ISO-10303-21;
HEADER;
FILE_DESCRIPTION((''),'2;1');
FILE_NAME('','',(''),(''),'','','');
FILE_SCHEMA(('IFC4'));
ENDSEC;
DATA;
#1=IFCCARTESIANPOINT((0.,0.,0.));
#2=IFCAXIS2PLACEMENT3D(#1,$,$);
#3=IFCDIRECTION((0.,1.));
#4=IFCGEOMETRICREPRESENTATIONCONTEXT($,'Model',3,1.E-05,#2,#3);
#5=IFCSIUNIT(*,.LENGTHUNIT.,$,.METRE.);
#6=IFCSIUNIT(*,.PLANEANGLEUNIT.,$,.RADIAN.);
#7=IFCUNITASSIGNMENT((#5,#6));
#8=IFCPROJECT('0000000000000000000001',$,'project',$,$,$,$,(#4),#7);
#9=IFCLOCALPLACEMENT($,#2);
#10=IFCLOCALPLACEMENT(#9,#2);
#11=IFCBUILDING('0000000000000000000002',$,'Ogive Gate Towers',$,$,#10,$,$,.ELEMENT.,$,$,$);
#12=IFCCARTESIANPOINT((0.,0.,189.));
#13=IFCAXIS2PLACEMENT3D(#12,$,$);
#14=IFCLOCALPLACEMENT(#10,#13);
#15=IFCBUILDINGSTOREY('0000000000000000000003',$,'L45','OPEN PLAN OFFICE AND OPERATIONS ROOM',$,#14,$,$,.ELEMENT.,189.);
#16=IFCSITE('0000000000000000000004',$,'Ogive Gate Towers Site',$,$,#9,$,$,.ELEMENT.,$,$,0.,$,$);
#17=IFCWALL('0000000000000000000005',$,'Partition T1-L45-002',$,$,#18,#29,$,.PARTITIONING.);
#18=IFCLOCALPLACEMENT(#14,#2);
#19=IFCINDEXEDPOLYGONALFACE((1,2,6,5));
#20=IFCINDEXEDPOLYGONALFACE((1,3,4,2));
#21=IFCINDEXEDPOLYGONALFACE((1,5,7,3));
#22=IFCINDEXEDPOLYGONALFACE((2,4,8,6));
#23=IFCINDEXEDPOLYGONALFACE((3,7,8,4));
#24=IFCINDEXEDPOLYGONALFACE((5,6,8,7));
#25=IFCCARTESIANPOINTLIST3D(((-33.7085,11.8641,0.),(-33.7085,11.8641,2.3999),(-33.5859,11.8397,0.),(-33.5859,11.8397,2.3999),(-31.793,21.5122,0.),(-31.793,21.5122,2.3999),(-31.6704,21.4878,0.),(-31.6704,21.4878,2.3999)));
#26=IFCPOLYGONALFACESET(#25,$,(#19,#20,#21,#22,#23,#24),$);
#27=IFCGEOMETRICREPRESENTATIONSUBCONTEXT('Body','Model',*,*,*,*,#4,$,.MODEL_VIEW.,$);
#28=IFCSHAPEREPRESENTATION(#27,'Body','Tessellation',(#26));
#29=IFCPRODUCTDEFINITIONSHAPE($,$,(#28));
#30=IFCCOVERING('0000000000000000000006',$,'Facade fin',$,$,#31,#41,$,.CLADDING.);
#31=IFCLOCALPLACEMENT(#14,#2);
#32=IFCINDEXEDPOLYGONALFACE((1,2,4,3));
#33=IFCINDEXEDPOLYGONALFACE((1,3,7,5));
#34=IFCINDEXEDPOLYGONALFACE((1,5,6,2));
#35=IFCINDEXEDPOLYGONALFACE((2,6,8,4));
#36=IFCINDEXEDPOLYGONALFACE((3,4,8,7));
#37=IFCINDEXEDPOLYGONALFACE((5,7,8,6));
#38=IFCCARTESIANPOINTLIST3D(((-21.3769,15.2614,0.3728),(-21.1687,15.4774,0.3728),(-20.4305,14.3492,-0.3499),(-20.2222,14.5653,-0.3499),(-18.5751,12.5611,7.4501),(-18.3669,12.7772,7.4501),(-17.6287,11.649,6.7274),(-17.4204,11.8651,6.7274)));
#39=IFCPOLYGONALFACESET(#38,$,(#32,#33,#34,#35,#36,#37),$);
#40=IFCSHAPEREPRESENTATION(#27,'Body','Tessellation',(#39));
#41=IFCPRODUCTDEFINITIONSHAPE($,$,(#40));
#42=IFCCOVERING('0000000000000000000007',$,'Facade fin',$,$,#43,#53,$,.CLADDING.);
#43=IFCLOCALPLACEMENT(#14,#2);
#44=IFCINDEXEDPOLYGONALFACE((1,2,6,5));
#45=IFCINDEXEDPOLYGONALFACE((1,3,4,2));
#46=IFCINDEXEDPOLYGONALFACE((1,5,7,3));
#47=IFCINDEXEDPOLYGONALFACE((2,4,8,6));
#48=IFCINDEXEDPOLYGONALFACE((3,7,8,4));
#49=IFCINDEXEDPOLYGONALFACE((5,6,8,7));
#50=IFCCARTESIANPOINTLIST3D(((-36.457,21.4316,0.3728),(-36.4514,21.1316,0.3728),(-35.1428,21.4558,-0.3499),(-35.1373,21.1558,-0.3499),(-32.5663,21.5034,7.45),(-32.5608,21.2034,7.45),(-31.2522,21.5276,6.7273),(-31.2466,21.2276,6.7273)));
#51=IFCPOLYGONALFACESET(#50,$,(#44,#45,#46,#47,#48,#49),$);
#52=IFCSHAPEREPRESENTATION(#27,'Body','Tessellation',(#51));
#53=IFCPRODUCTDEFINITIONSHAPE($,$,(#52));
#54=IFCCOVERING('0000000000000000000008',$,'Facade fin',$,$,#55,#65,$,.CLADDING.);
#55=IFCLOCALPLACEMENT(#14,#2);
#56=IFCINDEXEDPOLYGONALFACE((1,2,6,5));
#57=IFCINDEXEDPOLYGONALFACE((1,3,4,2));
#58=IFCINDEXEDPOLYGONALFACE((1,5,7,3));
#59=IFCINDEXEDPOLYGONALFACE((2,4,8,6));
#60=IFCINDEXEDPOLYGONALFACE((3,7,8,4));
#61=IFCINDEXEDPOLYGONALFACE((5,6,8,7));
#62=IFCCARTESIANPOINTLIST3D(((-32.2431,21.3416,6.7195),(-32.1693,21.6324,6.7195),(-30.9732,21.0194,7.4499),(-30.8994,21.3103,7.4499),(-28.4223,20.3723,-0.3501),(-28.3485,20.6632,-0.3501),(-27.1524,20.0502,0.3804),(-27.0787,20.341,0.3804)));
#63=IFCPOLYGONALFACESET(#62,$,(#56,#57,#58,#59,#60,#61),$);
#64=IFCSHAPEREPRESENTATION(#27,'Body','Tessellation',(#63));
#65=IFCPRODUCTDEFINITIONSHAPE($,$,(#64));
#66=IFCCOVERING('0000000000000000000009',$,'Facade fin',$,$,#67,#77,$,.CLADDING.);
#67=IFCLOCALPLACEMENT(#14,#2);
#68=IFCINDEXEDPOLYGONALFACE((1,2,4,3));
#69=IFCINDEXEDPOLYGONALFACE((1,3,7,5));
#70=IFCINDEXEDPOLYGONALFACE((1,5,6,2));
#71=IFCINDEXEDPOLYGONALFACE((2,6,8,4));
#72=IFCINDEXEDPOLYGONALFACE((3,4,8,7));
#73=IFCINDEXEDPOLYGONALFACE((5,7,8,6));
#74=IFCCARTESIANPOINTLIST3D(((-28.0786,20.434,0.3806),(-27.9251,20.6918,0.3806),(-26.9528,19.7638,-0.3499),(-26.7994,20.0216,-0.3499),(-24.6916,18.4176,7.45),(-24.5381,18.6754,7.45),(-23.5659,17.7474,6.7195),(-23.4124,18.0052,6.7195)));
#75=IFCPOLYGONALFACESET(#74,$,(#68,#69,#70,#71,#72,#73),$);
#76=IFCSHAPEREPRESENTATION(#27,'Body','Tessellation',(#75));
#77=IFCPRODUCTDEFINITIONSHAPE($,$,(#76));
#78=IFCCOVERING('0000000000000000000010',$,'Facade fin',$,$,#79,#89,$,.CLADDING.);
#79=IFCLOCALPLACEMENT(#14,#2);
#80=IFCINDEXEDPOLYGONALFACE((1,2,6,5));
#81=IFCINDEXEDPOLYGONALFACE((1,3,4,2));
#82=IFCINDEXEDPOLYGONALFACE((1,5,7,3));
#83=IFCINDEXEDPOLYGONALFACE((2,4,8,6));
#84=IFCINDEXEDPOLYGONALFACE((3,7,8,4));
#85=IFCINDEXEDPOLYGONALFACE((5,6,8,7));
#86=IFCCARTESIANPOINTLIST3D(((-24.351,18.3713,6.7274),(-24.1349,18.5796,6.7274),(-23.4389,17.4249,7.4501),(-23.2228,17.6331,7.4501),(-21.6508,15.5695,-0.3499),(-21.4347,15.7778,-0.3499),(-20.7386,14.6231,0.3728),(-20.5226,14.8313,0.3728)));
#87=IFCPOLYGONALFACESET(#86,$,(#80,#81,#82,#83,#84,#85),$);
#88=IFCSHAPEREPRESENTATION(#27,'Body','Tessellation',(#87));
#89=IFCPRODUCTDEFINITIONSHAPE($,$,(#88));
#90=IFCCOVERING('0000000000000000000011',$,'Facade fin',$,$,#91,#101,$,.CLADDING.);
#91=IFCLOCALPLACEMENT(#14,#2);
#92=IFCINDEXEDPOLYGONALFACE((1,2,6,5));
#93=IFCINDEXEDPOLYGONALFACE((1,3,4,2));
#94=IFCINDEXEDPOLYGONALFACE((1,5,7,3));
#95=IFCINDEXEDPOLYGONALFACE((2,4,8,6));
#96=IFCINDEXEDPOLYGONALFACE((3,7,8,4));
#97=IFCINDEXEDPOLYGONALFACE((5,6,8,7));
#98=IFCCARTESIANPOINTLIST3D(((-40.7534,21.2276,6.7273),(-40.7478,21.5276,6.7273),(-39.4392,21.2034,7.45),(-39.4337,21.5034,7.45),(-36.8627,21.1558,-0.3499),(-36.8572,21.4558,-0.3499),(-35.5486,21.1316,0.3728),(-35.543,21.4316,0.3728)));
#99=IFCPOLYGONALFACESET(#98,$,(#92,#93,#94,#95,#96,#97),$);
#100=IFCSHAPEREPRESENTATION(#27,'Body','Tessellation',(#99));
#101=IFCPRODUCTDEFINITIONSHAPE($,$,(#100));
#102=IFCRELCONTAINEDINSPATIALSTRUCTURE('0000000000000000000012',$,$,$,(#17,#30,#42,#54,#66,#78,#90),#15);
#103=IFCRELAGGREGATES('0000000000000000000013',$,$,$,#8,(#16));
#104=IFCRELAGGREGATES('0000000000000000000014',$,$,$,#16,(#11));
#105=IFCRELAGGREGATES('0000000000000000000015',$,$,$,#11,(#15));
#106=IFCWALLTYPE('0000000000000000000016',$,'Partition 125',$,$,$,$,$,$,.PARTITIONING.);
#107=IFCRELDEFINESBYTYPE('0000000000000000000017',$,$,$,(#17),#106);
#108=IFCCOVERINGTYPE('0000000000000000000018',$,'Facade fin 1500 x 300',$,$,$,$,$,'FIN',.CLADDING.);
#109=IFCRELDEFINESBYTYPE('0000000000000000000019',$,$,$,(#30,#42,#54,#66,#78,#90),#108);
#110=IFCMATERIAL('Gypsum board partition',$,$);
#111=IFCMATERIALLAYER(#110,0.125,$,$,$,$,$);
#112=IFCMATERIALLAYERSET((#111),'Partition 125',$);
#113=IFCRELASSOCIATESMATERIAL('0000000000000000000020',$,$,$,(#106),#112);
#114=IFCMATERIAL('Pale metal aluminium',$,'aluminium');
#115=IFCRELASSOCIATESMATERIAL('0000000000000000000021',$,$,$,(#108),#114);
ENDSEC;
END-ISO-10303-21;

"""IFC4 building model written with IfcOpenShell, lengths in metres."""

from ifc_helpers import new_model, si_unit, direction, frame, frame_2d, origin, origin_2d, place, context, subcontext, project, spatial, rectangle, extrude, material, layer, layer_set, material_profile, profile_set, type_object, element, save


model = new_model("IFC4")

# Units and contexts
model_context = context("Model", 3, precision=1e-05, world=origin(), true_north=direction((0.0, 1.0)))
body_context = subcontext(model_context, "Body", "Model", "MODEL_VIEW")
ifc_project = project(units=[si_unit("LENGTHUNIT", "METRE"), si_unit("PLANEANGLEUNIT", "RADIAN")], contexts=[model_context])

# Site, building, storey
site_placement = place(None, origin())
site = spatial("IfcSite", under=ifc_project, at=site_placement, Name="Ogive Gate Towers Site", CompositionType="ELEMENT", RefElevation=0.0)
building_placement = place(site_placement, origin())
building = spatial("IfcBuilding", under=site, at=building_placement, Name="Ogive Gate Towers", CompositionType="ELEMENT")
storey_placement = place(building_placement, frame((0.0, 0.0, 189.0)))
storey = spatial("IfcBuildingStorey", under=building, at=storey_placement, Name="L45", Description="OPEN PLAN OFFICE AND OPERATIONS ROOM", CompositionType="ELEMENT", Elevation=189.0)

# Shared definitions
ifc_material_1 = material(Name="Pale metal aluminium", Category="aluminium")

# Wall
ifc_material_2 = material(Name="Gypsum board partition")
ifc_layer_1 = layer(ifc_material_2, 0.125)
ifc_layer_set_1 = layer_set([ifc_layer_1], Name="Partition 125")
wall_type = type_object("IfcWallType", Name="Partition 125", PredefinedType="PARTITIONING", material=ifc_layer_set_1)
wall_placement = place(storey_placement, frame((-31.7317, 21.5, 0.0), z_axis=(0.0, 0.0, 1.0), x_axis=(-0.194737, -0.980856, 0.0)))
element("IfcWall", 1, at=wall_placement, inside=storey, type_object=wall_type, Name="Partition T1-L45-002", PredefinedType="PARTITIONING", context=body_context, shape_type="SweptSolid", body=[
    extrude(rectangle(XDim=9.8364, YDim=0.125, at=frame_2d((4.9182, 0.0))), origin(), (0.0, 0.0, 1.0), 2.3999),
])

# Coverings
ifc_material_profile_1 = material_profile(ifc_material_1, rectangle(XDim=0.3, YDim=1.5, at=origin_2d()), Name="1500 x 300 pale metal aluminium")
ifc_profile_set_1 = profile_set([ifc_material_profile_1], Name="Pale metal aluminium")
covering_type = type_object("IfcCoveringType", Name="Facade fin 1500 x 300", ElementType="FIN", PredefinedType="CLADDING", material=ifc_profile_set_1)
for number, where, z_axis, x_axis, name in (
    (2, (-20.7996, 14.9133, 0.0115), (0.34691, -0.334335, 0.876284), (0.693936, 0.720037, 0.0), "Facade fin"),
    (3, (-35.7971, 21.2937, 0.0115), (0.481728, 0.008887, 0.876276), (-0.018446, 0.99983, 0.0), "Facade fin"),
):
    element("IfcCovering", number, at=place(storey_placement, frame(where, z_axis=z_axis, x_axis=x_axis)), inside=storey, type_object=covering_type, Name=name, PredefinedType="CLADDING", context=body_context, shape_type="SweptSolid", body=[
        extrude(rectangle(XDim=0.3, YDim=1.5, at=origin_2d()), origin(), (0.0, 0.0, 1.0), 8.0764),
    ])
covering_1_placement = place(storey_placement, frame((-27.7505, 20.3567, 0.0151), z_axis=(-0.472039, 0.119744, 0.873408), x_axis=(-0.245886, -0.969299, 0.0)))
element("IfcCovering", 4, at=covering_1_placement, inside=storey, type_object=covering_type, Name="Facade fin", PredefinedType="CLADDING", context=body_context, shape_type="SweptSolid", body=[
    extrude(rectangle(XDim=0.3, YDim=1.5, at=origin_2d()), origin(), (0.0, 0.0, 1.0), 8.0942),
])
covering_2_placement = place(storey_placement, frame((-27.439, 20.2278, 0.0154), z_axis=(0.418454, -0.249118, 0.873405), x_axis=(0.511542, 0.859259, 0.0)))
element("IfcCovering", 5, at=covering_2_placement, inside=storey, type_object=covering_type, Name="Facade fin", PredefinedType="CLADDING", context=body_context, shape_type="SweptSolid", body=[
    extrude(rectangle(XDim=0.3, YDim=1.5, at=origin_2d()), origin(), (0.0, 0.0, 1.0), 8.094),
])
for number, where, z_axis, x_axis, name in (
    (6, (-21.0867, 15.2004, 0.0115), (-0.334335, 0.34691, 0.876284), (-0.720037, -0.693936, 0.0), "Facade fin"),
    (7, (-36.2029, 21.2937, 0.0115), (-0.481728, 0.008887, 0.876276), (-0.018446, -0.99983, 0.0), "Facade fin"),
):
    element("IfcCovering", number, at=place(storey_placement, frame(where, z_axis=z_axis, x_axis=x_axis)), inside=storey, type_object=covering_type, Name=name, PredefinedType="CLADDING", context=body_context, shape_type="SweptSolid", body=[
        extrude(rectangle(XDim=0.3, YDim=1.5, at=origin_2d()), origin(), (0.0, 0.0, 1.0), 8.0764),
    ])

save(model, "model.ifc")
